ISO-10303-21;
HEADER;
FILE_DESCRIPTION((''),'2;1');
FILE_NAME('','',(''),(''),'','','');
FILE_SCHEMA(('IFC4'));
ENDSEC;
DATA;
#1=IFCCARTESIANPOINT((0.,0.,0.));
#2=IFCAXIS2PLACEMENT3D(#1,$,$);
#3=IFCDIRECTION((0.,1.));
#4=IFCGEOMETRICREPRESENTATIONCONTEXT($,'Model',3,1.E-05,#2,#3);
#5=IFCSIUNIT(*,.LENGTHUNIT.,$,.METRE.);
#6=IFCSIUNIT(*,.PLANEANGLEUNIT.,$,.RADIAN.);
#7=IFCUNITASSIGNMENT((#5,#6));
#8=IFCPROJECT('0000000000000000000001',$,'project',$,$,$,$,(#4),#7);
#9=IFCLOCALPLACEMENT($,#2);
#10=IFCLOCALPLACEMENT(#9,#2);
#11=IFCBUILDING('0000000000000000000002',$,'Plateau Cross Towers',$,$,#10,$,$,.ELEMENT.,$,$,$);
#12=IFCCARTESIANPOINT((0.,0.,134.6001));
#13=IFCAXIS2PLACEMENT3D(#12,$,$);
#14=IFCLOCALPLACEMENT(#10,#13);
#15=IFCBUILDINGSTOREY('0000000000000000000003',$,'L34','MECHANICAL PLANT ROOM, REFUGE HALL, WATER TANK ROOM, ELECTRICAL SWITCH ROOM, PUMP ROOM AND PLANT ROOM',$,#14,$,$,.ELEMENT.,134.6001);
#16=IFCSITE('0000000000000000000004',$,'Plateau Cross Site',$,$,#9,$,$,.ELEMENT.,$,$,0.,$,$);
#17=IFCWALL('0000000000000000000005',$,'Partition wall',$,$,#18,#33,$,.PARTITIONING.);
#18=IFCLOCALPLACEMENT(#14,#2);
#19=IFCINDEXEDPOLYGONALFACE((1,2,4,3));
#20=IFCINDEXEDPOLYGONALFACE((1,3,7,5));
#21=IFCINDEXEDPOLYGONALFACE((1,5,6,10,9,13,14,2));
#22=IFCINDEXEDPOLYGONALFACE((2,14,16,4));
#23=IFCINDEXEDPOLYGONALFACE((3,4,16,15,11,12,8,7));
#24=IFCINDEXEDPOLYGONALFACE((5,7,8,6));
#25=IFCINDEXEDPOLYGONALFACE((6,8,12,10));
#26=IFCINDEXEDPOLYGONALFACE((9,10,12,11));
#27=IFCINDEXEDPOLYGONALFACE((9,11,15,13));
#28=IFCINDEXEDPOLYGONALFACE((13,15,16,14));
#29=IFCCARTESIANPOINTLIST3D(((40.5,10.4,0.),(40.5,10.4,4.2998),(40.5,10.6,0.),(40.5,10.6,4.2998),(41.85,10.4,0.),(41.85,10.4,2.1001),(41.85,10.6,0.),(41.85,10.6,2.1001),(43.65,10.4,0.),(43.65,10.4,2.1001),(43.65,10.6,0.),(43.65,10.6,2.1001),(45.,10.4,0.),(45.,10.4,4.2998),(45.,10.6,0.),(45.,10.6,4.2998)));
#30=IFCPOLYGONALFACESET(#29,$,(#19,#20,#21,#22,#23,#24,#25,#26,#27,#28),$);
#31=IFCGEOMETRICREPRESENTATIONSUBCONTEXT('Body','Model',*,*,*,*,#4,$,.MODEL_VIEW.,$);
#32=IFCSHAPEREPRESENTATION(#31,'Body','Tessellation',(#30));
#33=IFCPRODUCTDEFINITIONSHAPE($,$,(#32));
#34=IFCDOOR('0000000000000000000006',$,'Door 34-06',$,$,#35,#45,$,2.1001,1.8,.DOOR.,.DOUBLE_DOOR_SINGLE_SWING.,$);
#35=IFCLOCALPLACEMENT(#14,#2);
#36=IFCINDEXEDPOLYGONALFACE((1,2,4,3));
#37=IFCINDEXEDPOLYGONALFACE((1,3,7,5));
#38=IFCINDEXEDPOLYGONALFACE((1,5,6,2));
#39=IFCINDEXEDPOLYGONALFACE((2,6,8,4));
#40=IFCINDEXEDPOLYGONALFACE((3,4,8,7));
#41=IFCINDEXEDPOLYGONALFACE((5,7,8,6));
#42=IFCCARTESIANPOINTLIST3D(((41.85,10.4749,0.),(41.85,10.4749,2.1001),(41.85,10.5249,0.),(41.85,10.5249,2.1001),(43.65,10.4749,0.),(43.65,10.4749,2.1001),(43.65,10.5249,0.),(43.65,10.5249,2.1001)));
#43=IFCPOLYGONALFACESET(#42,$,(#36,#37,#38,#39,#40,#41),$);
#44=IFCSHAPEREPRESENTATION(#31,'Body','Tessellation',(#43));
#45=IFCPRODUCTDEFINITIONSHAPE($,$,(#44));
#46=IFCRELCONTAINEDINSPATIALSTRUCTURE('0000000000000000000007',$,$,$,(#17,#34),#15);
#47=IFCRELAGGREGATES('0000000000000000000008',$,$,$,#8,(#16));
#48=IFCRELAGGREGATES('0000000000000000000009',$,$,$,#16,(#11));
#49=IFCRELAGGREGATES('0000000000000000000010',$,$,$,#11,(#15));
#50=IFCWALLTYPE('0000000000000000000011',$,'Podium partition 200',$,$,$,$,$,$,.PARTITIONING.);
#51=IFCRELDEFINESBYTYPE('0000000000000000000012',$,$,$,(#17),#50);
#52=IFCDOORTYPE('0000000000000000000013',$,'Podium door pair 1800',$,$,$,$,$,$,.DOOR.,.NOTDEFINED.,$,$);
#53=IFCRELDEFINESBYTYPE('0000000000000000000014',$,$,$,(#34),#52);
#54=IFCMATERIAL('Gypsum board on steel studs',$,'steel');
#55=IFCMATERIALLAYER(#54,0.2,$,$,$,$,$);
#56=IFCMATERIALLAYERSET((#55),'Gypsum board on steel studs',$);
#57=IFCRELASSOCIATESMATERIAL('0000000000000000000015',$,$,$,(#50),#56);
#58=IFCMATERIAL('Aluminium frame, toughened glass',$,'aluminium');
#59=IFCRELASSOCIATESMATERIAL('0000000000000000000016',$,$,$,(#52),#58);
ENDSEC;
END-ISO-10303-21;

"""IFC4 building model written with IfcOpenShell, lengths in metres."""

from ifc_helpers import new_model, si_unit, direction, frame, frame_2d, origin, place, context, subcontext, project, spatial, rectangle, extrude, material, layer, layer_set, type_object, element, fill, save


model = new_model("IFC4")

# Units and contexts
model_context = context("Model", 3, precision=1e-05, world=origin(), true_north=direction((0.0, 1.0)))
body_context = subcontext(model_context, "Body", "Model", "MODEL_VIEW")
ifc_project = project(units=[si_unit("LENGTHUNIT", "METRE"), si_unit("PLANEANGLEUNIT", "RADIAN")], contexts=[model_context])

# Site, building, storey
site_placement = place(None, origin())
site = spatial("IfcSite", under=ifc_project, at=site_placement, Name="Plateau Cross Site", CompositionType="ELEMENT", RefElevation=0.0)
building_placement = place(site_placement, origin())
building = spatial("IfcBuilding", under=site, at=building_placement, Name="Plateau Cross Towers", CompositionType="ELEMENT")
storey_placement = place(building_placement, frame((0.0, 0.0, 134.6001)))
storey = spatial("IfcBuildingStorey", under=building, at=storey_placement, Name="L34", Description="MECHANICAL PLANT ROOM, REFUGE HALL, WATER TANK ROOM, ELECTRICAL SWITCH ROOM, PUMP ROOM AND PLANT ROOM", CompositionType="ELEMENT", Elevation=134.6001)

# Wall, opening, door
ifc_material_1 = material(Name="Gypsum board on steel studs", Category="steel")
ifc_layer_1 = layer(ifc_material_1, 0.2)
ifc_layer_set_1 = layer_set([ifc_layer_1], Name="Gypsum board on steel studs")
wall_type_1 = type_object("IfcWallType", Name="Podium partition 200", PredefinedType="PARTITIONING", material=ifc_layer_set_1)
wall_1_placement = place(storey_placement, frame((40.5, 10.5, 0.0), z_axis=(0.0, 0.0, 1.0), x_axis=(1.0, 0.0, 0.0)))
wall_1 = element("IfcWall", 1, at=wall_1_placement, inside=storey, type_object=wall_type_1, Name="Partition wall", PredefinedType="PARTITIONING", context=body_context, shape_type="SweptSolid", body=[
    extrude(rectangle(XDim=4.5, YDim=0.2, at=frame_2d((2.25, 0.0))), origin(), (0.0, 0.0, 1.0), 4.2998),
])
opening_1_placement = place(wall_1_placement, frame((1.3501, 0.0, 0.0)))
opening_1 = element("IfcOpeningElement", 2, at=opening_1_placement, cuts=wall_1, PredefinedType="OPENING", context=body_context, shape_type="SweptSolid", body=[
    extrude(rectangle(XDim=1.8, YDim=2.1001, at=frame_2d((0.8999, 1.05))), frame((0.0, 0.1099, 0.0), z_axis=(0.0, -1.0, 0.0), x_axis=(1.0, 0.0, 0.0)), (0.0, 0.0, 1.0), 0.22),
])
ifc_material_2 = material(Name="Aluminium frame, toughened glass", Category="aluminium")
door_type_1 = type_object("IfcDoorType", Name="Podium door pair 1800", OperationType="NOTDEFINED", PredefinedType="DOOR", material=ifc_material_2)
door_1_placement = place(opening_1_placement, origin())
door_1 = element("IfcDoor", 3, at=door_1_placement, inside=storey, type_object=door_type_1, Name="Door 34-06", OperationType="DOUBLE_DOOR_SINGLE_SWING", OverallHeight=2.1001, OverallWidth=1.8, PredefinedType="DOOR", context=body_context, shape_type="SweptSolid", body=[
    extrude(rectangle(XDim=1.8, YDim=2.1001, at=frame_2d((0.8999, 1.05))), frame((0.0, 0.0249, 0.0), z_axis=(0.0, -1.0, 0.0), x_axis=(1.0, 0.0, 0.0)), (0.0, 0.0, 1.0), 0.05),
])
fill(opening_1, door_1)

save(model, "model.ifc")
